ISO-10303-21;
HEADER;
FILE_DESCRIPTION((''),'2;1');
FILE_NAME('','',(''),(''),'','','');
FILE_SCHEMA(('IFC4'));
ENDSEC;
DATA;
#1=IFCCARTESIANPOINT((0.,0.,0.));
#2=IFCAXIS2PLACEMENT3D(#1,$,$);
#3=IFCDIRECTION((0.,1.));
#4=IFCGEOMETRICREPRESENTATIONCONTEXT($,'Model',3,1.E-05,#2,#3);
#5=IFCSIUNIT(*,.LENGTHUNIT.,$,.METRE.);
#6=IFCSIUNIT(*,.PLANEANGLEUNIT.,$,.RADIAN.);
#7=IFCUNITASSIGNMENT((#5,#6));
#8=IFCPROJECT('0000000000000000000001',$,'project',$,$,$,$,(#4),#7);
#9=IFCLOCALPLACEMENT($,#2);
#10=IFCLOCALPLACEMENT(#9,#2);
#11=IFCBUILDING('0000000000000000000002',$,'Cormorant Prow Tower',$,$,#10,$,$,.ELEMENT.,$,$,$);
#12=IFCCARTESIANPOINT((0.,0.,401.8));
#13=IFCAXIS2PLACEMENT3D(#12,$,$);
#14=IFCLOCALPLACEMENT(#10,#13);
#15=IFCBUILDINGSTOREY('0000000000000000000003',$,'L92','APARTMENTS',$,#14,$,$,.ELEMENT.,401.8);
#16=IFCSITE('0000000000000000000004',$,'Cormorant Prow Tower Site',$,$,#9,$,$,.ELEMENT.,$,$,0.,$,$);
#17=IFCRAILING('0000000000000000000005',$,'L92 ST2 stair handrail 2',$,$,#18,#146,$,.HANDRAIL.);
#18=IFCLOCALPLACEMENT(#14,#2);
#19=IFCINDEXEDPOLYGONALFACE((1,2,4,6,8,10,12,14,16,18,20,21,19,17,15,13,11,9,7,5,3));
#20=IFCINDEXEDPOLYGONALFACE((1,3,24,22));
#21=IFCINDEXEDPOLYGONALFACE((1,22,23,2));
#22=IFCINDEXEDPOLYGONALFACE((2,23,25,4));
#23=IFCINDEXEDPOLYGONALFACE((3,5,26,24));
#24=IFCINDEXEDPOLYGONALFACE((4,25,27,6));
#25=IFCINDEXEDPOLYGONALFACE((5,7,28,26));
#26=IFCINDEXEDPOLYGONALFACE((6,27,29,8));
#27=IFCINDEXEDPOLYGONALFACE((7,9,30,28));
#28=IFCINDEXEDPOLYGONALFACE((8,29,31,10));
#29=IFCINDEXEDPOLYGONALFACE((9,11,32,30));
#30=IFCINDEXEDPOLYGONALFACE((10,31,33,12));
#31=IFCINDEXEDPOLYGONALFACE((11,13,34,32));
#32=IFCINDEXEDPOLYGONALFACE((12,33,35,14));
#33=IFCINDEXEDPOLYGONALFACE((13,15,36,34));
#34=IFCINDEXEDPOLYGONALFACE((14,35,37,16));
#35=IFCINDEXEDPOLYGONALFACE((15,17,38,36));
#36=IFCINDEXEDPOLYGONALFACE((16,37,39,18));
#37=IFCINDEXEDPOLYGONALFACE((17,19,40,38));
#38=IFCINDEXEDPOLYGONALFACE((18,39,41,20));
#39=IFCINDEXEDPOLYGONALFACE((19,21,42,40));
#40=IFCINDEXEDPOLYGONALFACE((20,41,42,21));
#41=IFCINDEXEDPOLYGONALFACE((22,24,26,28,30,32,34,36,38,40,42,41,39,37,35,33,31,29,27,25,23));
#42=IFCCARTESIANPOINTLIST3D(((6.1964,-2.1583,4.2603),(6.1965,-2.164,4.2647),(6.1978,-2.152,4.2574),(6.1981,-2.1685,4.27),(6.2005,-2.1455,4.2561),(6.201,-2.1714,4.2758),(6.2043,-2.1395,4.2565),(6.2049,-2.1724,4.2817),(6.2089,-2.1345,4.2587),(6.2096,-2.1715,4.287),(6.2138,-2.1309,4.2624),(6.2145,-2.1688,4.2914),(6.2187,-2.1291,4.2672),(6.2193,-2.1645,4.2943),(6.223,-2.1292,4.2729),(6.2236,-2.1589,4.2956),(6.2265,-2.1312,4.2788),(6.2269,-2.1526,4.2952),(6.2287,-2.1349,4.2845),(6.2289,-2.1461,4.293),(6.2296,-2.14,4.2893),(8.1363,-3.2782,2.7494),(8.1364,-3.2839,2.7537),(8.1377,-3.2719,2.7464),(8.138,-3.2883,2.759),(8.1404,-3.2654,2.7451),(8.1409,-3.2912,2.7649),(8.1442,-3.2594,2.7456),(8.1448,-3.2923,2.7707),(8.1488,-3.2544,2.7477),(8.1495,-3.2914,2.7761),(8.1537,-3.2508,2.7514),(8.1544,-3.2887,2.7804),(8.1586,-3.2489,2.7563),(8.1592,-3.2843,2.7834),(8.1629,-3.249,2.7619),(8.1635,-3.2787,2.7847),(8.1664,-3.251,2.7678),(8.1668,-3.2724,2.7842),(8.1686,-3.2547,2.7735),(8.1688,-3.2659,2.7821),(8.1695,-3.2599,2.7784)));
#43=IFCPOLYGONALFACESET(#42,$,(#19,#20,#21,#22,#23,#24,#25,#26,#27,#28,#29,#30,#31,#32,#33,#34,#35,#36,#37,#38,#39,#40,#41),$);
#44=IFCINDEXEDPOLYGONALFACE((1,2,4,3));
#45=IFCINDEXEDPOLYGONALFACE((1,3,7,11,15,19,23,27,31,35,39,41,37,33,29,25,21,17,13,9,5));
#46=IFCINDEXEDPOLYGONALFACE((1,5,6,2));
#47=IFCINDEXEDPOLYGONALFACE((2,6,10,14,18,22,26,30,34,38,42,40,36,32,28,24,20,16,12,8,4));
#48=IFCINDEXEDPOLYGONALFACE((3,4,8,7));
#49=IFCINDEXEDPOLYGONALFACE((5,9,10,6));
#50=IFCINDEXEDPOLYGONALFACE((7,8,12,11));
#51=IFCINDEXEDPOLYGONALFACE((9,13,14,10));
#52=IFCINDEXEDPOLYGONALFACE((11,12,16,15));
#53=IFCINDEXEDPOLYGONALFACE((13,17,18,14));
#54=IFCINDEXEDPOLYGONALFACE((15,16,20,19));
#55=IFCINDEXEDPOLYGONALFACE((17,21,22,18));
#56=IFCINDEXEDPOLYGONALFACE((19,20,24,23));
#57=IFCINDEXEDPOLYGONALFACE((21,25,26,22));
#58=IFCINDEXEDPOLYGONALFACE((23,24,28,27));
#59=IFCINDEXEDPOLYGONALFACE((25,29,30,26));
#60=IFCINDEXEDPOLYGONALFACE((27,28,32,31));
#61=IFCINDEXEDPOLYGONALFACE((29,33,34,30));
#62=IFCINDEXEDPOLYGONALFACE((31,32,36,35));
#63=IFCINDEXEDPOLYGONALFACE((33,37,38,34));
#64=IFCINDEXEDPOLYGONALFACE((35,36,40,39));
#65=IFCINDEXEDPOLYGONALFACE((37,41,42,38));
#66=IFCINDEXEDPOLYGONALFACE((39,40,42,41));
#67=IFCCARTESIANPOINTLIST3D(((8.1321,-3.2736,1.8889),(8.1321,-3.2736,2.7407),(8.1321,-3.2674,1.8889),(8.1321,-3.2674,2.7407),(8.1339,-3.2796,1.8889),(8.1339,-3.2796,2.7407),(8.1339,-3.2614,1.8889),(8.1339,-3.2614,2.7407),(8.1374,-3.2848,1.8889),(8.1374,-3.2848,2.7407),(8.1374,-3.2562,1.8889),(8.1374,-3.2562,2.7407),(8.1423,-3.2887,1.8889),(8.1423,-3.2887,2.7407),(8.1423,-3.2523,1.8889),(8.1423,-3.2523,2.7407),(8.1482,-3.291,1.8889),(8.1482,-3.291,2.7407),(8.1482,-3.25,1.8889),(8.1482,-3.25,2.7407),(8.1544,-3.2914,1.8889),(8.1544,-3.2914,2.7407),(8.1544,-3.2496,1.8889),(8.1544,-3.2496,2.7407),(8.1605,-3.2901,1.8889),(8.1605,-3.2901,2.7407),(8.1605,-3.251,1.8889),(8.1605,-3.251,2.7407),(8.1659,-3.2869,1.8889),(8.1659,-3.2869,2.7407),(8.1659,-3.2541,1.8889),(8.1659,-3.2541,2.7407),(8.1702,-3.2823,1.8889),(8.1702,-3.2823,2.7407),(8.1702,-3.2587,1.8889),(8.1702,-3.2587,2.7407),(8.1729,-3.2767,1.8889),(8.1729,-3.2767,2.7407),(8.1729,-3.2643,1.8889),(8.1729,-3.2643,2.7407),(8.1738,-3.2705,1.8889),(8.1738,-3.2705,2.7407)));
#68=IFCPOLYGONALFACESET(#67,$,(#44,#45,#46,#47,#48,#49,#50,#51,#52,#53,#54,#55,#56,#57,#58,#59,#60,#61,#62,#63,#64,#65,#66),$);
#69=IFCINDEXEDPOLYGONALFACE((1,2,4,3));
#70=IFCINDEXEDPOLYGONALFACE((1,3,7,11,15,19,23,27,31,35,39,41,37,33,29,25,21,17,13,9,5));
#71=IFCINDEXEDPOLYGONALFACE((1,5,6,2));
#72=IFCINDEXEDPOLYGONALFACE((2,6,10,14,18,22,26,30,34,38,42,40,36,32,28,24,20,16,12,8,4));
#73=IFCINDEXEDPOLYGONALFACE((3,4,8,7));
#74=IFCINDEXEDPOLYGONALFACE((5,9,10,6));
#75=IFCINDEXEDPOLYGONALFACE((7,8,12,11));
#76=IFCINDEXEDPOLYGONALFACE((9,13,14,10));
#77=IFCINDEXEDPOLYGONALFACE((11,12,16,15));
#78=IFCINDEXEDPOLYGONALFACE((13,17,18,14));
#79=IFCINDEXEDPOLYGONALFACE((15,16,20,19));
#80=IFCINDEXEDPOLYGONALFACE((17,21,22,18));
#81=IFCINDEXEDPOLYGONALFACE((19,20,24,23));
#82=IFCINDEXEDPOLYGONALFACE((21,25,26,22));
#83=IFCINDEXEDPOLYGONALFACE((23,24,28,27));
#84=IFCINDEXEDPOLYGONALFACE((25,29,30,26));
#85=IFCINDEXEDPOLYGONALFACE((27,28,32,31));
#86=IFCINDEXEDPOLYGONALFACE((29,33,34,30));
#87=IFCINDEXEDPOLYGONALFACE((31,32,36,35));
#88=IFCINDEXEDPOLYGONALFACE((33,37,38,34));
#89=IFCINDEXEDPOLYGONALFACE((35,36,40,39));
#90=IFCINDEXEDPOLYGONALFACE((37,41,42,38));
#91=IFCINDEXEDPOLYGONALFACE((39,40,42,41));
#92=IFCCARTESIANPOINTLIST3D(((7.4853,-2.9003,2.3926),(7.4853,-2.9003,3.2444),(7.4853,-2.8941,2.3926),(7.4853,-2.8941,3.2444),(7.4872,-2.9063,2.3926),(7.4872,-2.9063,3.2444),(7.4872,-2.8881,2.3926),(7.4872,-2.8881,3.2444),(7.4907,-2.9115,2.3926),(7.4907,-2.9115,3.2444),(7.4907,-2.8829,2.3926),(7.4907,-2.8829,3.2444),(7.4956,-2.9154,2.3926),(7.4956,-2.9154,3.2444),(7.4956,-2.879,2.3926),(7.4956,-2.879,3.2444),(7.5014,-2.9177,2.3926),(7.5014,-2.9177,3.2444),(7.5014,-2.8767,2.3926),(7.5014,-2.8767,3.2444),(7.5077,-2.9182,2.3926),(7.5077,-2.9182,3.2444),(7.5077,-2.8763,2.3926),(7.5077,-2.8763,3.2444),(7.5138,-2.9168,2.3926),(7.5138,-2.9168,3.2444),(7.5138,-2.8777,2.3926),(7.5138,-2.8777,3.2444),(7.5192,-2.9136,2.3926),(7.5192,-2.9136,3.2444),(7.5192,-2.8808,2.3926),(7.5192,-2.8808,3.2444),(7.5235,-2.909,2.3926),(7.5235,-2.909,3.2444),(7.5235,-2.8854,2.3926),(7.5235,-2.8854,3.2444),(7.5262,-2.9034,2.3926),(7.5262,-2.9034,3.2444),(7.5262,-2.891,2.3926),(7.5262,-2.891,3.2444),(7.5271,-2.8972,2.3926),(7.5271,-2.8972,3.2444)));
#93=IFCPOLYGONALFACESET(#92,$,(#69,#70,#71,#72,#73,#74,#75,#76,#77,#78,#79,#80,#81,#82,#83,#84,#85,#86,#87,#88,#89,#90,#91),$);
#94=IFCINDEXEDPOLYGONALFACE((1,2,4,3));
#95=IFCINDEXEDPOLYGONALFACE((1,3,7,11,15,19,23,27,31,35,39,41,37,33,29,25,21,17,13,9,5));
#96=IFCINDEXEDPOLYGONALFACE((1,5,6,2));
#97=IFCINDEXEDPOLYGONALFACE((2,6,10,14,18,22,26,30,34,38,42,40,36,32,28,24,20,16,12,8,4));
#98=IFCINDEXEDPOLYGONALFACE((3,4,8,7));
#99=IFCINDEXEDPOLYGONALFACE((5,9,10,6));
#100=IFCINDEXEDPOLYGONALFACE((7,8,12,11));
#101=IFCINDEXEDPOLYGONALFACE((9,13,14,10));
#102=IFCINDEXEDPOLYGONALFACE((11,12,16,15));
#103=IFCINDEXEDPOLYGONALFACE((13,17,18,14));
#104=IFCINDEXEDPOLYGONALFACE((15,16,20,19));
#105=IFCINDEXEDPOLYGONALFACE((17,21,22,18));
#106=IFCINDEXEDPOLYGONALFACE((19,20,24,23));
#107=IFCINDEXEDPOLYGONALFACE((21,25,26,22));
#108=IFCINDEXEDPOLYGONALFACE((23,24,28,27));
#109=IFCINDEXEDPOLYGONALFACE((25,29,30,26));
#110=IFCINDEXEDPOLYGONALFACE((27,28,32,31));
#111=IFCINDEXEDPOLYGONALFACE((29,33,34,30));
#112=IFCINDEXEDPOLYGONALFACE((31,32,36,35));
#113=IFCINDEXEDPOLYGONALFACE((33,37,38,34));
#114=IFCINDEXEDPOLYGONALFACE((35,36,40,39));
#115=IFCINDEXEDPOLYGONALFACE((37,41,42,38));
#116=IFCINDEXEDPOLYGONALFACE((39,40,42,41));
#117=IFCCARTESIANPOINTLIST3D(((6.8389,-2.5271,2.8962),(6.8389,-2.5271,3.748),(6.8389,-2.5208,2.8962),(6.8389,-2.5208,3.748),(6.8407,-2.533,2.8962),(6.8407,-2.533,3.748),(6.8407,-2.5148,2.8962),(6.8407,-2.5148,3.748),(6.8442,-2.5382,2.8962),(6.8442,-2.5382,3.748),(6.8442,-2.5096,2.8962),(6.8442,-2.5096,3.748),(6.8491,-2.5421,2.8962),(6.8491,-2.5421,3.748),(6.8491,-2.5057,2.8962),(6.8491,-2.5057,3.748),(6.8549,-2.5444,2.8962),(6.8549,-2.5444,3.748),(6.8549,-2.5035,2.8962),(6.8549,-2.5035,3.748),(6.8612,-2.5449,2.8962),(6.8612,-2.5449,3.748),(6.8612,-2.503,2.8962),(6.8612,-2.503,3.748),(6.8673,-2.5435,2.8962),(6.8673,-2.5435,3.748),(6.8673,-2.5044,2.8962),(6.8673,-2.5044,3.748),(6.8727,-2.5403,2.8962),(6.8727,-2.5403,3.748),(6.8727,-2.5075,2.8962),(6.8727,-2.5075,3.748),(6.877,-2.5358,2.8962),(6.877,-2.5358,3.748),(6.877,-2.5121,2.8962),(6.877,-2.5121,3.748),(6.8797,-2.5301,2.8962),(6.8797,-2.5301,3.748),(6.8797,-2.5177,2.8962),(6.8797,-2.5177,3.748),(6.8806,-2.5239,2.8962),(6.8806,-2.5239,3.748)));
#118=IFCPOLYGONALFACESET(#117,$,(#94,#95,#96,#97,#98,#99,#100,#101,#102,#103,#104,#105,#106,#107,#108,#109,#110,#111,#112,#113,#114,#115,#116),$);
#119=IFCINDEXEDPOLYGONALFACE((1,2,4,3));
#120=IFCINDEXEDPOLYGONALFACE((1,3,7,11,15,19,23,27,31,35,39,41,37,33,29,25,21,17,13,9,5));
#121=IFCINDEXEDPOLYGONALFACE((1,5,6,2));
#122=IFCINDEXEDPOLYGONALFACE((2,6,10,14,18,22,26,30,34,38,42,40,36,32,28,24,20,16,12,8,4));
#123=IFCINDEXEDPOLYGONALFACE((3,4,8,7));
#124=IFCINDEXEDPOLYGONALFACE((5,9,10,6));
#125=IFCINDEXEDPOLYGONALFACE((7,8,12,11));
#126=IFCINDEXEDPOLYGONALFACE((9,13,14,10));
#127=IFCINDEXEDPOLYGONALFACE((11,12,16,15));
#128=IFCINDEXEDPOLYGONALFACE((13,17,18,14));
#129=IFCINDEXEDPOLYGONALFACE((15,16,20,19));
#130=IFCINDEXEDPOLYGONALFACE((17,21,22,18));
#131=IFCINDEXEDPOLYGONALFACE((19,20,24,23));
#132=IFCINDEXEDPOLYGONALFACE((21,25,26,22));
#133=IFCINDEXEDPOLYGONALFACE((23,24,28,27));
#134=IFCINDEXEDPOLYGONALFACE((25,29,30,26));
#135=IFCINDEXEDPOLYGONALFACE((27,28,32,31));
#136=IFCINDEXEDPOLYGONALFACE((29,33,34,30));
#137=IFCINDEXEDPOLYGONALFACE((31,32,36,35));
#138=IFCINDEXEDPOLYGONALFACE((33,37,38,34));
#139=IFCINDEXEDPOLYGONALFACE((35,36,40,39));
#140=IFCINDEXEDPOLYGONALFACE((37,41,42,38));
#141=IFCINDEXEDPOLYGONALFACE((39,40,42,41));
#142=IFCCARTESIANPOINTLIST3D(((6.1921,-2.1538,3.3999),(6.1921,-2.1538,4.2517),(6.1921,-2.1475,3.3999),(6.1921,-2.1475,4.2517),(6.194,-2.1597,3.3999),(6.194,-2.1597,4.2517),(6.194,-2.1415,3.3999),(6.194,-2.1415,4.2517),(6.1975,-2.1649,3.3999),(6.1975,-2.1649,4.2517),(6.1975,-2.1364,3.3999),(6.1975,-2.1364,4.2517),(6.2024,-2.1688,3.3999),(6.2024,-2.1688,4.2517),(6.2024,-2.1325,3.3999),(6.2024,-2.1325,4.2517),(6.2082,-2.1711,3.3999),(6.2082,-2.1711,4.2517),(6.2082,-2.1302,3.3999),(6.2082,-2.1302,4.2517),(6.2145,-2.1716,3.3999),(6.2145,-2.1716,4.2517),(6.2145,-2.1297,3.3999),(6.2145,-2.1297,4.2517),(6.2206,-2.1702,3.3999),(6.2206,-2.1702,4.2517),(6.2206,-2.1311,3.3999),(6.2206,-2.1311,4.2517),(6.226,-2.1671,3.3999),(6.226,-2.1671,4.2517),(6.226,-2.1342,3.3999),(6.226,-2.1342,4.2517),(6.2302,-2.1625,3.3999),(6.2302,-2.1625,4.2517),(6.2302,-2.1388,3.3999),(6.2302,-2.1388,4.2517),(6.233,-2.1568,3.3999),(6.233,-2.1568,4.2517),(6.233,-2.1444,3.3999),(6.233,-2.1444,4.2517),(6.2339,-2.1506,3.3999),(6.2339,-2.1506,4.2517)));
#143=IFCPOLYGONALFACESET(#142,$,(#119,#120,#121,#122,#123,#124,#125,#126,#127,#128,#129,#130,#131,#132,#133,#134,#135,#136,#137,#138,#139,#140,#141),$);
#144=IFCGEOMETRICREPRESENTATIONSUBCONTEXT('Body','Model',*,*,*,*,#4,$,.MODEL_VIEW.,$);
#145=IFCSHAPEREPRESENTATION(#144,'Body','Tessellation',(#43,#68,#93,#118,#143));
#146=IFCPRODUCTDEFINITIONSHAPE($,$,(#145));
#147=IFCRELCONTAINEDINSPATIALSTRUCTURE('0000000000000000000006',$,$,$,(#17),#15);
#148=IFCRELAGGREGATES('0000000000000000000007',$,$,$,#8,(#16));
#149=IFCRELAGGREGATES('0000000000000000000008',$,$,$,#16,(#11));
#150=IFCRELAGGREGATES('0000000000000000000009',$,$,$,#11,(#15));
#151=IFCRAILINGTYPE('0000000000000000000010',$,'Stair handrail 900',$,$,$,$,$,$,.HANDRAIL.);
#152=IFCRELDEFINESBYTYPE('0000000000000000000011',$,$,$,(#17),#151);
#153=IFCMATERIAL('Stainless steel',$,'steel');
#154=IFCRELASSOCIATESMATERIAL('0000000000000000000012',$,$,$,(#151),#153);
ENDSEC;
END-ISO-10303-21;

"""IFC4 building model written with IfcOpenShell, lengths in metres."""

from ifc_helpers import new_model, si_unit, direction, frame, origin, origin_2d, place, context, subcontext, project, spatial, circle, extrude, material, type_object, element, save


model = new_model("IFC4")

# Units and contexts
model_context = context("Model", 3, precision=1e-05, world=origin(), true_north=direction((0.0, 1.0)))
body_context = subcontext(model_context, "Body", "Model", "MODEL_VIEW")
ifc_project = project(units=[si_unit("LENGTHUNIT", "METRE"), si_unit("PLANEANGLEUNIT", "RADIAN")], contexts=[model_context])

# Site, building, storey
site_placement = place(None, origin())
site = spatial("IfcSite", under=ifc_project, at=site_placement, Name="Cormorant Prow Tower Site", CompositionType="ELEMENT", RefElevation=0.0)
building_placement = place(site_placement, origin())
building = spatial("IfcBuilding", under=site, at=building_placement, Name="Cormorant Prow Tower", CompositionType="ELEMENT")
storey_placement = place(building_placement, frame((0.0, 0.0, 401.8)))
storey = spatial("IfcBuildingStorey", under=building, at=storey_placement, Name="L92", Description="APARTMENTS", CompositionType="ELEMENT", Elevation=401.8)

# Railing
ifc_material_1 = material(Name="Stainless steel", Category="steel")
railing_type = type_object("IfcRailingType", Name="Stair handrail 900", PredefinedType="HANDRAIL", material=ifc_material_1)
railing_placement = place(storey_placement, frame((8.1528, -3.2705, 1.8889)))
element("IfcRailing", 1, at=railing_placement, inside=storey, type_object=railing_type, Name="L92 ST2 stair handrail 2", PredefinedType="HANDRAIL", context=body_context, shape_type="SweptSolid", body=[
    extrude(circle(Radius=0.0239, at=origin_2d()), frame((0.0, 0.0, 0.876), z_axis=(-0.717977, 0.414467, 0.559219), x_axis=(-0.499949, -0.866055, 0.0)), (0.0, 0.0, 1.0), 2.7019),
    extrude(circle(Radius=0.021, at=origin_2d()), origin(), (0.0, 0.0, 1.0), 0.8518),
    extrude(circle(Radius=0.021, at=origin_2d()), frame((-0.6467, 0.3733, 0.5037)), (0.0, 0.0, 1.0), 0.8518),
    extrude(circle(Radius=0.021, at=origin_2d()), frame((-1.2932, 0.7466, 1.0073)), (0.0, 0.0, 1.0), 0.8518),
    extrude(circle(Radius=0.021, at=origin_2d()), frame((-1.9399, 1.1199, 1.511)), (0.0, 0.0, 1.0), 0.8518),
])

save(model, "model.ifc")
